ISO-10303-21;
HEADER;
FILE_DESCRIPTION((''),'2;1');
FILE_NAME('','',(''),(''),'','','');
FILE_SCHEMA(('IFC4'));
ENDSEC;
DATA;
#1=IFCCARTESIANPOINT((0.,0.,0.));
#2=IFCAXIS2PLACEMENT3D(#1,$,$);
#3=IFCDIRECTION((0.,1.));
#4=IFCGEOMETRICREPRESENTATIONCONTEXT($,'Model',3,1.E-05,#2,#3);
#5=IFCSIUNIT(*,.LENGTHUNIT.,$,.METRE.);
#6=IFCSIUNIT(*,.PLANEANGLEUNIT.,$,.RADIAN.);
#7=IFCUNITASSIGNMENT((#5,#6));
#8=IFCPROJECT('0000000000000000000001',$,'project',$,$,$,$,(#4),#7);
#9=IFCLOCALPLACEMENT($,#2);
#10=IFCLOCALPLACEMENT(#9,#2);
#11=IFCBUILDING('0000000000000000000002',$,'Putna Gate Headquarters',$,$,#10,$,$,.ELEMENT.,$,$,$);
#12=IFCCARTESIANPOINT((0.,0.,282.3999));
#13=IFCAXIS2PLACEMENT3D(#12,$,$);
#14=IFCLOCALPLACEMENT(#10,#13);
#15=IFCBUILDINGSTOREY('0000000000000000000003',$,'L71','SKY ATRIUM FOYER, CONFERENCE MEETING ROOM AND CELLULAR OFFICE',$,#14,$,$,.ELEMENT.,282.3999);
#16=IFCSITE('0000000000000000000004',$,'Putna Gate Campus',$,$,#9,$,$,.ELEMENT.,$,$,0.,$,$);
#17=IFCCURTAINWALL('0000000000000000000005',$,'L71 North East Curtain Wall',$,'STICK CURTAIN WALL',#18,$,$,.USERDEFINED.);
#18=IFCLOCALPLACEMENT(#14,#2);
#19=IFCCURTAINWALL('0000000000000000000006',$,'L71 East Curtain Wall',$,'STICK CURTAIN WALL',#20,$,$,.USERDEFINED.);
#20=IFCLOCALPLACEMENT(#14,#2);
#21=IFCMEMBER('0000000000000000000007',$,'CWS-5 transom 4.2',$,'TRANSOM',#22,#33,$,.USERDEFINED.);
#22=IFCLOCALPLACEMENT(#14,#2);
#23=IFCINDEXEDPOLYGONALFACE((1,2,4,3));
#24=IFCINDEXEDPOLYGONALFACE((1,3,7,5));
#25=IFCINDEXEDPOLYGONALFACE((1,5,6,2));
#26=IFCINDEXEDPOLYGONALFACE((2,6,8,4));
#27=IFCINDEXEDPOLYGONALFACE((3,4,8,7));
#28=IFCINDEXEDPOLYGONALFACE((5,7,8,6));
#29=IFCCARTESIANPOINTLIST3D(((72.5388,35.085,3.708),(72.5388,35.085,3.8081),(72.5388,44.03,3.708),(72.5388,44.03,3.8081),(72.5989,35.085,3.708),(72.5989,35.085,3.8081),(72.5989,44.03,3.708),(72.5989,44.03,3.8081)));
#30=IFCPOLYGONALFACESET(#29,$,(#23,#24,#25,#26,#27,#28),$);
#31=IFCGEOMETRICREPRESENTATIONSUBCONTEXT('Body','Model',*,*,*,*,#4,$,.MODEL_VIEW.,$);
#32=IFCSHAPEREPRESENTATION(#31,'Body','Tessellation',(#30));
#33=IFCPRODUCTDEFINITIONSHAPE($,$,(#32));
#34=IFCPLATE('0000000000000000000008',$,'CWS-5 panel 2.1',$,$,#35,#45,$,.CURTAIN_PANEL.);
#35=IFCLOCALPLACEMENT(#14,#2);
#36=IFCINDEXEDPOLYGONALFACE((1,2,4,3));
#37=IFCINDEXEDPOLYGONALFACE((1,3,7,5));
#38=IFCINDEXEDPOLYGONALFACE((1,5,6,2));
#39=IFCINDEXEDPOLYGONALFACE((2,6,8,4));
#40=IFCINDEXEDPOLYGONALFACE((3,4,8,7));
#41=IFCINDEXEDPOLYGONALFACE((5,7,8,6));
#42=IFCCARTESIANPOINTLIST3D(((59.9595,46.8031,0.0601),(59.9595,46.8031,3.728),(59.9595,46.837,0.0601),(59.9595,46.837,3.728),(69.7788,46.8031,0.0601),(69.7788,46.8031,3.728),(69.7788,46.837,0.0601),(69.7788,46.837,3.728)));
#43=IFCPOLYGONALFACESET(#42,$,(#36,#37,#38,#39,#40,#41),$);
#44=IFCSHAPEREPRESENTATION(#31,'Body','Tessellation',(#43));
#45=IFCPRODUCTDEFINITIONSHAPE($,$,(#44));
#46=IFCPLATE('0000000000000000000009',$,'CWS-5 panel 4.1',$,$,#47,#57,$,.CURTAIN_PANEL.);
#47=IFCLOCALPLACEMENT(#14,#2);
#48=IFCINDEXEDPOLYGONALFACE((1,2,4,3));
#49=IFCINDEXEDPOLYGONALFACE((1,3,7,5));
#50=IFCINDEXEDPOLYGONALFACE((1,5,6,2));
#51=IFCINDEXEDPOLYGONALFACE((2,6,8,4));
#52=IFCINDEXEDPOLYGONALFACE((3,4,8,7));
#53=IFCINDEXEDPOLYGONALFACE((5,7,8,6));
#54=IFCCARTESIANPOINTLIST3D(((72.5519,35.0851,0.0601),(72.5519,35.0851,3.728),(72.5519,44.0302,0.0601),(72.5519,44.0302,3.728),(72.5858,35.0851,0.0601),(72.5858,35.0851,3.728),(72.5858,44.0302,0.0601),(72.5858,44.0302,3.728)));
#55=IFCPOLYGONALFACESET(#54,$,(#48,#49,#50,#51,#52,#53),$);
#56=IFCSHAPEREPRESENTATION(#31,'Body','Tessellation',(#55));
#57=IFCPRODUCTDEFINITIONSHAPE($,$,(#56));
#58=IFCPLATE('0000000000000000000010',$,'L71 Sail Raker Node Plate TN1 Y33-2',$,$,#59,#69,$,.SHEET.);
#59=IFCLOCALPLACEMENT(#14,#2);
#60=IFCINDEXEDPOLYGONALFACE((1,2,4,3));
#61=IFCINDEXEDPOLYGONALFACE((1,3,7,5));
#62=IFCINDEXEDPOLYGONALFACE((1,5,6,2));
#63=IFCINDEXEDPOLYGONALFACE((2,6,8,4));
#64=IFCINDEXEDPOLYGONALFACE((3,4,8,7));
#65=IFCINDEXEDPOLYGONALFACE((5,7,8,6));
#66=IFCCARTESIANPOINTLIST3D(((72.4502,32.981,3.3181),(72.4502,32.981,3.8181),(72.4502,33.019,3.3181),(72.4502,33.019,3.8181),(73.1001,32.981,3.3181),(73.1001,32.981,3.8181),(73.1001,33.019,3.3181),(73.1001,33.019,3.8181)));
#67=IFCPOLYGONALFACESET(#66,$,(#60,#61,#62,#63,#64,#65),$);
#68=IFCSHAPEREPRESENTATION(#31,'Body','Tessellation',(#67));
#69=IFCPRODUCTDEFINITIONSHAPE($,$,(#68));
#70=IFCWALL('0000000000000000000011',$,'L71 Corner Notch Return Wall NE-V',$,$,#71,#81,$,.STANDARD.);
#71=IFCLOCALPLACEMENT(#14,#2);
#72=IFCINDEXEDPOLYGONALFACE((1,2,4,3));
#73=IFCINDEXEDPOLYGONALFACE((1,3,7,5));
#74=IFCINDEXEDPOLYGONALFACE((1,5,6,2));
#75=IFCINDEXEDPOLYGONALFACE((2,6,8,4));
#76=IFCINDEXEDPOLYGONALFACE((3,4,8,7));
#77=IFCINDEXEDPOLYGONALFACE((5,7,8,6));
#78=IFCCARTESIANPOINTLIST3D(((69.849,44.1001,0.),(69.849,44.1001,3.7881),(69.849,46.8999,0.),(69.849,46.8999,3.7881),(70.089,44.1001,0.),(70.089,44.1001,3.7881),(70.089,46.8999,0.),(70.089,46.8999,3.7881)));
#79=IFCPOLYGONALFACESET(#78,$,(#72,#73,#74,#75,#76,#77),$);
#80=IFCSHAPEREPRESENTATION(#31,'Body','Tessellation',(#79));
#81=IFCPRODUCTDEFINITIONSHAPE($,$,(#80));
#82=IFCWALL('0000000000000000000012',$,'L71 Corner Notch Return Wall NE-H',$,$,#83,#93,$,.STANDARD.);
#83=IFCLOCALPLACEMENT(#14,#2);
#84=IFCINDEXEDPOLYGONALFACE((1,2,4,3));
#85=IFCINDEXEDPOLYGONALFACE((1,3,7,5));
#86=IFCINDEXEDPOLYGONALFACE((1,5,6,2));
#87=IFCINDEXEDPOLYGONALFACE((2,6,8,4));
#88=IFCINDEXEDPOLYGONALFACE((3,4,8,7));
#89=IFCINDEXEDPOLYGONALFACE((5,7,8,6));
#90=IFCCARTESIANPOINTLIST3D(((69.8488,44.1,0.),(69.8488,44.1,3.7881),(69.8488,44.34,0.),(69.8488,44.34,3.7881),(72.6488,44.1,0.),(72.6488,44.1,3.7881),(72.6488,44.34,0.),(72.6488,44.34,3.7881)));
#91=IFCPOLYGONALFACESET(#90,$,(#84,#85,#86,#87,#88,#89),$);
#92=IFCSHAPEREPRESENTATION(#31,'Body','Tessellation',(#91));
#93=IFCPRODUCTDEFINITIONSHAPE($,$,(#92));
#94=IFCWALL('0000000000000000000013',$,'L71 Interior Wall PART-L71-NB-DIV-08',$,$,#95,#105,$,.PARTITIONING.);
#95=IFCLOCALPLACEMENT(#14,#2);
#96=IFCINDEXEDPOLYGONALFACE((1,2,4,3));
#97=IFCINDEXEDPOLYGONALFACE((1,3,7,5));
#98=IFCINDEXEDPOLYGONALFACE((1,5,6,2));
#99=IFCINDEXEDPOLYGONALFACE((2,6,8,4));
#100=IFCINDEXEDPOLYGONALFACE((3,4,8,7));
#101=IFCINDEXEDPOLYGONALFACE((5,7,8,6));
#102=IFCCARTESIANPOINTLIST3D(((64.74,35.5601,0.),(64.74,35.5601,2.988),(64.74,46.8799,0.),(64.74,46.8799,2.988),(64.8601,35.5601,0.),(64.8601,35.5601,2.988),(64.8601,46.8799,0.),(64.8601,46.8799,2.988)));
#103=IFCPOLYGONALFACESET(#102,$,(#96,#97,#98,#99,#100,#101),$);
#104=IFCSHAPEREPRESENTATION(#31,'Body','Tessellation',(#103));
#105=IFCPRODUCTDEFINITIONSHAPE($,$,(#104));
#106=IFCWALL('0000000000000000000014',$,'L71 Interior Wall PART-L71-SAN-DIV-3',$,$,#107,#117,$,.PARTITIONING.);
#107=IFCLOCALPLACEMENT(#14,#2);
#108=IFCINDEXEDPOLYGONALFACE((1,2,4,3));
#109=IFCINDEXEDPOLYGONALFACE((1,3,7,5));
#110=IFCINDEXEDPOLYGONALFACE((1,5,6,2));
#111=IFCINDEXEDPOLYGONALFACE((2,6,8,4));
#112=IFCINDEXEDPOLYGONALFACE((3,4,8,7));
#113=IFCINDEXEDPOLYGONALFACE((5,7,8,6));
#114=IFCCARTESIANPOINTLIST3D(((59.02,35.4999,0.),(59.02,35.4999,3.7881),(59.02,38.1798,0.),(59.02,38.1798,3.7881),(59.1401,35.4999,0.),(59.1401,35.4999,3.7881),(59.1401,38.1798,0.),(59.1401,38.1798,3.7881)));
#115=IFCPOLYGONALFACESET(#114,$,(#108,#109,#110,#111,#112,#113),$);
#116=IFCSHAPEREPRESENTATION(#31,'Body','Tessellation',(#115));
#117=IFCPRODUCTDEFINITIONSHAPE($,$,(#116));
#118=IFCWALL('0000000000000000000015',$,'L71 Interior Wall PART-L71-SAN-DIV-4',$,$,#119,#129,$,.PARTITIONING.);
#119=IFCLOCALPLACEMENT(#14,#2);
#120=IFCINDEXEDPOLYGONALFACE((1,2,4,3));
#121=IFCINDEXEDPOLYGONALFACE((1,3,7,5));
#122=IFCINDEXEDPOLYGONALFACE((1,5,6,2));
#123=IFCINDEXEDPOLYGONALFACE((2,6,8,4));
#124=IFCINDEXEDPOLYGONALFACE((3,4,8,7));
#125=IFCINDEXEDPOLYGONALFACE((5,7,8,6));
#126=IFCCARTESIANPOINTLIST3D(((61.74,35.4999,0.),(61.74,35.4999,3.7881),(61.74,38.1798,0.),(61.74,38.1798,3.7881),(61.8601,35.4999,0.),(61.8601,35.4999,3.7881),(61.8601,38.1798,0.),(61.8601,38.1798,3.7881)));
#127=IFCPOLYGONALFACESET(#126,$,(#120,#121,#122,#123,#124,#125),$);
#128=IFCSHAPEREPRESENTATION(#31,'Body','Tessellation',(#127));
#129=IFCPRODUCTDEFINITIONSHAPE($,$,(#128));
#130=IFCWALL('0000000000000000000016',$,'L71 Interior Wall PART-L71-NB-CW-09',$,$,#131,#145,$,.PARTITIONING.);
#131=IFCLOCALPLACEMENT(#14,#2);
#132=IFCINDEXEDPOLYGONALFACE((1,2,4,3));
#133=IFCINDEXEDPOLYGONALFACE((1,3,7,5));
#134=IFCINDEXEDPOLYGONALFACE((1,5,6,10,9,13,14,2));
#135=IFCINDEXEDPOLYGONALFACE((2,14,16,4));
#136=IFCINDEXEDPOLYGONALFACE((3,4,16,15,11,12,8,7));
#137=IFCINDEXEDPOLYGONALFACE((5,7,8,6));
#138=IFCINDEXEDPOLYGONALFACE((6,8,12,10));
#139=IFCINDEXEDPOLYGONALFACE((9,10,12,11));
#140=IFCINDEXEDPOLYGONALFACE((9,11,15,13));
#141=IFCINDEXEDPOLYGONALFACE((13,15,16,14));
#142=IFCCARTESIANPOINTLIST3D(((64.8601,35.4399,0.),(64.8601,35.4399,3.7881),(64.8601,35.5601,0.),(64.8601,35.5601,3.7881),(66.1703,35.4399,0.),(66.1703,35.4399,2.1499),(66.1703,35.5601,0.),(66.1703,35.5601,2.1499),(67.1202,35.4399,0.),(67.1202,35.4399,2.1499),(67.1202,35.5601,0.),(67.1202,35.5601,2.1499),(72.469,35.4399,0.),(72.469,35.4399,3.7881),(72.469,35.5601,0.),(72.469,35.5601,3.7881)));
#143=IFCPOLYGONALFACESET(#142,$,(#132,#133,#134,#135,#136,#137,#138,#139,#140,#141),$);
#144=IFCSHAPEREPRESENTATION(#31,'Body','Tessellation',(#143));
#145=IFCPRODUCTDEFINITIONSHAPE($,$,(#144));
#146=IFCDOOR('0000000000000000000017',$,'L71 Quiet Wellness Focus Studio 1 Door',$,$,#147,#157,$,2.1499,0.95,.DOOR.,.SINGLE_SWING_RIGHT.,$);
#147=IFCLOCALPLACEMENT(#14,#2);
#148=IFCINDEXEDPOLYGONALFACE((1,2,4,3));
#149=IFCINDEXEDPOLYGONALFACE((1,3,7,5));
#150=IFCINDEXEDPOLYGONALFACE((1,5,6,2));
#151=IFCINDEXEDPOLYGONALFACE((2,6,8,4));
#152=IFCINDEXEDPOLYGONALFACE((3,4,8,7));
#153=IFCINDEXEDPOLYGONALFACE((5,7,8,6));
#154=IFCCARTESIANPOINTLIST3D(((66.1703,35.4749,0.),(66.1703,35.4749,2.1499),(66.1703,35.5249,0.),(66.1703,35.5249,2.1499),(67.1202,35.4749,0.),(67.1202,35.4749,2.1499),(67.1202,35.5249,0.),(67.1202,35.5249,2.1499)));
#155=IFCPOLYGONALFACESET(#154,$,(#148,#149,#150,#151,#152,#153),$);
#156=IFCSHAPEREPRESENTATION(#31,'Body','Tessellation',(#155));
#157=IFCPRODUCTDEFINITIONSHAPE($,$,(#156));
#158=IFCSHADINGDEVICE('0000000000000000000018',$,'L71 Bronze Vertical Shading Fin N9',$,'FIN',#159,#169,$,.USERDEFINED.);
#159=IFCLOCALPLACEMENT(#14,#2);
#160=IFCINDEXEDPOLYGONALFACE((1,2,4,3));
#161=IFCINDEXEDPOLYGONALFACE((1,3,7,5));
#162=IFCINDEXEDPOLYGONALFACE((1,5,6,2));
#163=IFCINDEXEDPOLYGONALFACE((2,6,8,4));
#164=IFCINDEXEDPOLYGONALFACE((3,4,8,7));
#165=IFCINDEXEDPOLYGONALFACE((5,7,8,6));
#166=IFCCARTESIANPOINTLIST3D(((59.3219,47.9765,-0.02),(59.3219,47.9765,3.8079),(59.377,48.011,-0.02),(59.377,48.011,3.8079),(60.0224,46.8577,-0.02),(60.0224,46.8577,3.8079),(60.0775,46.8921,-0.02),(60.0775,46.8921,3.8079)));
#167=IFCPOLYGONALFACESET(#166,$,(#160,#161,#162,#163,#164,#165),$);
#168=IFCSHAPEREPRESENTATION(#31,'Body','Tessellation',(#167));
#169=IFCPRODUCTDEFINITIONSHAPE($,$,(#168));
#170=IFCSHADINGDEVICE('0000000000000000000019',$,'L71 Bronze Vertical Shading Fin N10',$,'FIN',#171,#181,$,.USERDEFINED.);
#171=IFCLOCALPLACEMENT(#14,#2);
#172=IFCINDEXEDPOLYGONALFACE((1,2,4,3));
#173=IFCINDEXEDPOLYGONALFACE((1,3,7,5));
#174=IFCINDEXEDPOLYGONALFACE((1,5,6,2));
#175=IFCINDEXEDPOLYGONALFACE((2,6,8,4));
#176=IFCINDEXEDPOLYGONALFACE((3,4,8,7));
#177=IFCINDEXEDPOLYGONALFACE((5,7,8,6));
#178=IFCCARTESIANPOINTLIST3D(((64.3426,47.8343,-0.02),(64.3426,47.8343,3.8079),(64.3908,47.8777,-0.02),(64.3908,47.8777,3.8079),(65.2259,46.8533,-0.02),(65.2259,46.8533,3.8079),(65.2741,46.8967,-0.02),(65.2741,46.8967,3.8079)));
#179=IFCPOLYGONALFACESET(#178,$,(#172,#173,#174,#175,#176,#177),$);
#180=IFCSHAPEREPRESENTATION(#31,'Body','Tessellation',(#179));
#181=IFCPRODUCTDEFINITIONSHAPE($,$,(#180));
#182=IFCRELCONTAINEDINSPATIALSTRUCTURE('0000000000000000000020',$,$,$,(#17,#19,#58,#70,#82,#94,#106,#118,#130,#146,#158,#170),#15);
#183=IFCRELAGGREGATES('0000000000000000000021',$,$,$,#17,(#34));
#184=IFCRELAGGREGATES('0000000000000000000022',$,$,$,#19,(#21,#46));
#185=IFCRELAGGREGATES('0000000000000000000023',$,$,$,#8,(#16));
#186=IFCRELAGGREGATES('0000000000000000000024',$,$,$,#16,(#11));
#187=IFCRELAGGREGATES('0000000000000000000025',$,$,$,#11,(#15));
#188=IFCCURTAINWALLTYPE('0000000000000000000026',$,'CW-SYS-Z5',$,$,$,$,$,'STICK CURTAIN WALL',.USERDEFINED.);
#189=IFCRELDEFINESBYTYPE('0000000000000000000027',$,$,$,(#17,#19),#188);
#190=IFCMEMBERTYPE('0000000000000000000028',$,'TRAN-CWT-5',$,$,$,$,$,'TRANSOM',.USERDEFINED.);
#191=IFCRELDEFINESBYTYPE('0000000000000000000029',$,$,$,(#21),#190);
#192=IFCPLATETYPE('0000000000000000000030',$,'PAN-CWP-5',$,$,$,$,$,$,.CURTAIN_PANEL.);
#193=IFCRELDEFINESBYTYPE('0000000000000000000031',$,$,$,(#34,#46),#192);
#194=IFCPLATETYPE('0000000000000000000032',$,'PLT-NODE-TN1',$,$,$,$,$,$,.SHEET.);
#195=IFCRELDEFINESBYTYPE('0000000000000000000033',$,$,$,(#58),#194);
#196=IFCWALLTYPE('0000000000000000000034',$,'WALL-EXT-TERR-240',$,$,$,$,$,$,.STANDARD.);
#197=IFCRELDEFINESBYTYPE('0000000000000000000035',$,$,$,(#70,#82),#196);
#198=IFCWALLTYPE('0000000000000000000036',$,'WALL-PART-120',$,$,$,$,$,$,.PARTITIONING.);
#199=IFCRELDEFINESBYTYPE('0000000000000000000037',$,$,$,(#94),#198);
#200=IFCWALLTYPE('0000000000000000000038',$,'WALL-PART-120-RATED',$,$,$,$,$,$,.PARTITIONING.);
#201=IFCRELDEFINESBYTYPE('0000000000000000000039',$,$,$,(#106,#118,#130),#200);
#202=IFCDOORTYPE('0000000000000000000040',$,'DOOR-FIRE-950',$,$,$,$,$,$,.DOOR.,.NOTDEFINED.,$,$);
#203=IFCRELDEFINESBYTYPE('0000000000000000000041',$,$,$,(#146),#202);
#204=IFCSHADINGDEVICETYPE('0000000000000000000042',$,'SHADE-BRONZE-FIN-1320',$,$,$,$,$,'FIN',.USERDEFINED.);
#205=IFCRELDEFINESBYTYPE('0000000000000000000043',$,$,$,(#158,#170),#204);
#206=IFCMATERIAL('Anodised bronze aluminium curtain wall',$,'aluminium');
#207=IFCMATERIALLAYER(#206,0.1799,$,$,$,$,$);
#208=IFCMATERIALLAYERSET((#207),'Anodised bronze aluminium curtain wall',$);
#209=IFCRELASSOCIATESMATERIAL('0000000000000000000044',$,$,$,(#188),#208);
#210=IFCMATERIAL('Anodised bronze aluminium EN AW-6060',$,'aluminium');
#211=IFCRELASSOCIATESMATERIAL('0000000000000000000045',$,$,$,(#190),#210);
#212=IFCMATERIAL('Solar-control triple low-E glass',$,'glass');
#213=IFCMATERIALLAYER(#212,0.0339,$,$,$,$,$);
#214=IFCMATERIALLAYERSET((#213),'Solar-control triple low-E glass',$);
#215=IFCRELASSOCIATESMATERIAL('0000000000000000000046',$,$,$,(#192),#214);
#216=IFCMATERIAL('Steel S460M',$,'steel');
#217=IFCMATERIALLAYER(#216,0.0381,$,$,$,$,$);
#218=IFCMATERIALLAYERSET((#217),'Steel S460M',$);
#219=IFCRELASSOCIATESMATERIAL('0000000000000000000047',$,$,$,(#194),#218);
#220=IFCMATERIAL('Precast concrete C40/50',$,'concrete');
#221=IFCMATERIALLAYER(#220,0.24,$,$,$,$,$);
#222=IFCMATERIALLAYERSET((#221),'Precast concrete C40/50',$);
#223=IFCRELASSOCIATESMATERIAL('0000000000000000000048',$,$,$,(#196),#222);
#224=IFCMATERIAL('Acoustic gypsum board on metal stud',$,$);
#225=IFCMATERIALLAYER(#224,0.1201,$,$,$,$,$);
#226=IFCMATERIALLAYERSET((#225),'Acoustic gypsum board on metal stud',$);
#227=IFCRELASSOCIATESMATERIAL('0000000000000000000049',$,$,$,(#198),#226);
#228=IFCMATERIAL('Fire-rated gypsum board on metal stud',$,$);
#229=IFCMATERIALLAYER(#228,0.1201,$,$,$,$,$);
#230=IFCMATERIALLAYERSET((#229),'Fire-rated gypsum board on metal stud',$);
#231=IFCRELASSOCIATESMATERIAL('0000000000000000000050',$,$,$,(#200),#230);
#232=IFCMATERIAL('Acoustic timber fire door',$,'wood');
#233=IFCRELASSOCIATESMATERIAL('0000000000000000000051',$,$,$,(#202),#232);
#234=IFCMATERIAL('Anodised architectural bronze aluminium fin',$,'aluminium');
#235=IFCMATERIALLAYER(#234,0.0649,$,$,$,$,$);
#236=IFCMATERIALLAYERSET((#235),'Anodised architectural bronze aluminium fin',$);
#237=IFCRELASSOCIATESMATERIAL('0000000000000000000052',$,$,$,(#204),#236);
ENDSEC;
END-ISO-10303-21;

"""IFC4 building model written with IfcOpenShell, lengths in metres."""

from ifc_helpers import new_model, si_unit, direction, frame, frame_2d, origin, origin_2d, place, context, subcontext, project, spatial, rectangle, extrude, material, layer, layer_set, material_profile, profile_set, type_object, element, fill, aggregate, save


model = new_model("IFC4")

# Units and contexts
model_context = context("Model", 3, precision=1e-05, world=origin(), true_north=direction((0.0, 1.0)))
body_context = subcontext(model_context, "Body", "Model", "MODEL_VIEW")
ifc_project = project(units=[si_unit("LENGTHUNIT", "METRE"), si_unit("PLANEANGLEUNIT", "RADIAN")], contexts=[model_context])

# Site, building, storey
site_placement = place(None, origin())
site = spatial("IfcSite", under=ifc_project, at=site_placement, Name="Putna Gate Campus", CompositionType="ELEMENT", RefElevation=0.0)
building_placement = place(site_placement, origin())
building = spatial("IfcBuilding", under=site, at=building_placement, Name="Putna Gate Headquarters", CompositionType="ELEMENT")
storey_placement = place(building_placement, frame((0.0, 0.0, 282.3999)))
storey = spatial("IfcBuildingStorey", under=building, at=storey_placement, Name="L71", Description="SKY ATRIUM FOYER, CONFERENCE MEETING ROOM AND CELLULAR OFFICE", CompositionType="ELEMENT", Elevation=282.3999)

# Shared definitions
ifc_material_1 = material(Name="Steel S460M", Category="steel")

# Curtain walls
ifc_material_2 = material(Name="Anodised bronze aluminium curtain wall", Category="aluminium")
ifc_layer_1 = layer(ifc_material_2, 0.1799)
ifc_layer_set_1 = layer_set([ifc_layer_1], Name="Anodised bronze aluminium curtain wall")
curtain_wall_type = type_object("IfcCurtainWallType", Name="CW-SYS-Z5", ElementType="STICK CURTAIN WALL", PredefinedType="USERDEFINED", material=ifc_layer_set_1)
curtain_wall_1_placement = place(storey_placement, origin())
curtain_wall_1 = element("IfcCurtainWall", 1, at=curtain_wall_1_placement, inside=storey, type_object=curtain_wall_type, Name="L71 North East Curtain Wall", ObjectType="STICK CURTAIN WALL", PredefinedType="USERDEFINED")
ifc_material_3 = material(Name="Anodised bronze aluminium EN AW-6060", Category="aluminium")
curtain_wall_2_placement = place(storey_placement, origin())
curtain_wall_2 = element("IfcCurtainWall", 2, at=curtain_wall_2_placement, inside=storey, type_object=curtain_wall_type, Name="L71 East Curtain Wall", ObjectType="STICK CURTAIN WALL", PredefinedType="USERDEFINED")

# Member
ifc_material_profile_1 = material_profile(ifc_material_3, rectangle(XDim=0.0601, YDim=0.1001, at=origin_2d()), Name="Anodised bronze aluminium EN AW-6060")
ifc_profile_set_1 = profile_set([ifc_material_profile_1], Name="Anodised bronze aluminium EN AW-6060")
member_type_1 = type_object("IfcMemberType", Name="TRAN-CWT-5", ElementType="TRANSOM", PredefinedType="USERDEFINED", material=ifc_profile_set_1)
member_1_placement = place(storey_placement, frame((72.5688, 35.085, 3.7581), z_axis=(0.0, 1.0, 0.0), x_axis=(-1.0, 0.0, 0.0)))
member_1 = element("IfcMember", 3, at=member_1_placement, type_object=member_type_1, Name="CWS-5 transom 4.2", ObjectType="TRANSOM", PredefinedType="USERDEFINED", context=body_context, shape_type="SweptSolid", body=[
    extrude(rectangle(XDim=0.0601, YDim=0.1001, at=origin_2d()), origin(), (0.0, 0.0, 1.0), 8.9451),
])

# Plates
ifc_material_4 = material(Name="Solar-control triple low-E glass", Category="glass")
ifc_layer_2 = layer(ifc_material_4, 0.0339)
ifc_layer_set_2 = layer_set([ifc_layer_2], Name="Solar-control triple low-E glass")
plate_type_1 = type_object("IfcPlateType", Name="PAN-CWP-5", PredefinedType="CURTAIN_PANEL", material=ifc_layer_set_2)
plate_1_placement = place(storey_placement, frame((64.8691, 46.8201, 0.0601), z_axis=(0.0, 0.0, 1.0), x_axis=(1.0, 0.0, 0.0)))
plate_1 = element("IfcPlate", 4, at=plate_1_placement, type_object=plate_type_1, Name="CWS-5 panel 2.1", PredefinedType="CURTAIN_PANEL", context=body_context, shape_type="SweptSolid", body=[
    extrude(rectangle(XDim=9.8193, YDim=0.0339, at=origin_2d()), origin(), (0.0, 0.0, 1.0), 3.668),
])
aggregate(curtain_wall_1, [plate_1])
plate_2_placement = place(storey_placement, frame((72.5688, 39.5576, 0.0601), z_axis=(0.0, 0.0, 1.0), x_axis=(0.0, 1.0, 0.0)))
plate_2 = element("IfcPlate", 5, at=plate_2_placement, type_object=plate_type_1, Name="CWS-5 panel 4.1", PredefinedType="CURTAIN_PANEL", context=body_context, shape_type="SweptSolid", body=[
    extrude(rectangle(XDim=8.9451, YDim=0.0339, at=origin_2d()), origin(), (0.0, 0.0, 1.0), 3.668),
])
aggregate(curtain_wall_2, [member_1, plate_2])
ifc_layer_3 = layer(ifc_material_1, 0.0381)
ifc_layer_set_3 = layer_set([ifc_layer_3], Name="Steel S460M")
plate_type_2 = type_object("IfcPlateType", Name="PLT-NODE-TN1", PredefinedType="SHEET", material=ifc_layer_set_3)
plate_3_placement = place(storey_placement, frame((72.7751, 33.0, 3.3181), z_axis=(0.0, 0.0, 1.0), x_axis=(1.0, 0.0, 0.0)))
element("IfcPlate", 6, at=plate_3_placement, inside=storey, type_object=plate_type_2, Name="L71 Sail Raker Node Plate TN1 Y33-2", PredefinedType="SHEET", context=body_context, shape_type="SweptSolid", body=[
    extrude(rectangle(XDim=0.6499, YDim=0.0381, at=origin_2d()), origin(), (0.0, 0.0, 1.0), 0.5),
])

# Walls
ifc_material_5 = material(Name="Precast concrete C40/50", Category="concrete")
ifc_layer_4 = layer(ifc_material_5, 0.24)
ifc_layer_set_4 = layer_set([ifc_layer_4], Name="Precast concrete C40/50")
wall_type_1 = type_object("IfcWallType", Name="WALL-EXT-TERR-240", PredefinedType="STANDARD", material=ifc_layer_set_4)
wall_1_placement = place(storey_placement, frame((69.969, 46.8999, 0.0), z_axis=(0.0, 0.0, 1.0), x_axis=(0.0, -1.0, 0.0)))
element("IfcWall", 7, at=wall_1_placement, inside=storey, type_object=wall_type_1, Name="L71 Corner Notch Return Wall NE-V", PredefinedType="STANDARD", context=body_context, shape_type="SweptSolid", body=[
    extrude(rectangle(XDim=2.7998, YDim=0.24, at=frame_2d((1.3999, 0.0))), origin(), (0.0, 0.0, 1.0), 3.7881),
])
wall_2_placement = place(storey_placement, frame((69.8489, 44.22, 0.0), z_axis=(0.0, 0.0, 1.0), x_axis=(1.0, 0.0, 0.0)))
element("IfcWall", 8, at=wall_2_placement, inside=storey, type_object=wall_type_1, Name="L71 Corner Notch Return Wall NE-H", PredefinedType="STANDARD", context=body_context, shape_type="SweptSolid", body=[
    extrude(rectangle(XDim=2.8, YDim=0.24, at=frame_2d((1.3999, 0.0))), origin(), (0.0, 0.0, 1.0), 3.7881),
])
ifc_material_6 = material(Name="Acoustic gypsum board on metal stud")
ifc_layer_5 = layer(ifc_material_6, 0.1201)
ifc_layer_set_5 = layer_set([ifc_layer_5], Name="Acoustic gypsum board on metal stud")
wall_type_2 = type_object("IfcWallType", Name="WALL-PART-120", PredefinedType="PARTITIONING", material=ifc_layer_set_5)
wall_3_placement = place(storey_placement, frame((64.8, 35.5601, 0.0), z_axis=(0.0, 0.0, 1.0), x_axis=(0.0, 1.0, 0.0)))
element("IfcWall", 9, at=wall_3_placement, inside=storey, type_object=wall_type_2, Name="L71 Interior Wall PART-L71-NB-DIV-08", PredefinedType="PARTITIONING", context=body_context, shape_type="SweptSolid", body=[
    extrude(rectangle(XDim=11.3198, YDim=0.1201, at=frame_2d((5.6599, 0.0))), origin(), (0.0, 0.0, 1.0), 2.988),
])
ifc_material_7 = material(Name="Fire-rated gypsum board on metal stud")
ifc_layer_6 = layer(ifc_material_7, 0.1201)
ifc_layer_set_6 = layer_set([ifc_layer_6], Name="Fire-rated gypsum board on metal stud")
wall_type_3 = type_object("IfcWallType", Name="WALL-PART-120-RATED", PredefinedType="PARTITIONING", material=ifc_layer_set_6)
for number, where, z_axis, x_axis, name in (
    (10, (59.0801, 35.5, 0.0), (0.0, 0.0, 1.0), (0.0, 1.0, 0.0), "L71 Interior Wall PART-L71-SAN-DIV-3"),
    (11, (61.8, 35.5, 0.0), (0.0, 0.0, 1.0), (0.0, 1.0, 0.0), "L71 Interior Wall PART-L71-SAN-DIV-4"),
):
    element("IfcWall", number, at=place(storey_placement, frame(where, z_axis=z_axis, x_axis=x_axis)), inside=storey, type_object=wall_type_3, Name=name, PredefinedType="PARTITIONING", context=body_context, shape_type="SweptSolid", body=[
        extrude(rectangle(XDim=2.6799, YDim=0.1201, at=frame_2d((1.3398, 0.0))), origin(), (0.0, 0.0, 1.0), 3.7881),
    ])

# Wall, opening, door
wall_4_placement = place(storey_placement, frame((64.8601, 35.5, 0.0), z_axis=(0.0, 0.0, 1.0), x_axis=(1.0, 0.0, 0.0)))
wall_4 = element("IfcWall", 12, at=wall_4_placement, inside=storey, type_object=wall_type_3, Name="L71 Interior Wall PART-L71-NB-CW-09", PredefinedType="PARTITIONING", context=body_context, shape_type="SweptSolid", body=[
    extrude(rectangle(XDim=7.6089, YDim=0.1201, at=frame_2d((3.8044, 0.0))), origin(), (0.0, 0.0, 1.0), 3.7881),
])
opening_placement = place(wall_4_placement, frame((1.3101, 0.0, 0.0)))
opening = element("IfcOpeningElement", 13, at=opening_placement, cuts=wall_4, PredefinedType="OPENING", context=body_context, shape_type="SweptSolid", body=[
    extrude(rectangle(XDim=0.95, YDim=2.1499, at=frame_2d((0.4751, 1.075))), frame((0.0, 0.0701, 0.0), z_axis=(0.0, -1.0, 0.0), x_axis=(1.0, 0.0, 0.0)), (0.0, 0.0, 1.0), 0.1401),
])
ifc_material_8 = material(Name="Acoustic timber fire door", Category="wood")
door_type = type_object("IfcDoorType", Name="DOOR-FIRE-950", OperationType="NOTDEFINED", PredefinedType="DOOR", material=ifc_material_8)
door_placement = place(opening_placement, origin())
door = element("IfcDoor", 14, at=door_placement, inside=storey, type_object=door_type, Name="L71 Quiet Wellness Focus Studio 1 Door", OperationType="SINGLE_SWING_RIGHT", OverallHeight=2.1499, OverallWidth=0.95, PredefinedType="DOOR", context=body_context, shape_type="SweptSolid", body=[
    extrude(rectangle(XDim=0.95, YDim=2.1499, at=frame_2d((0.4751, 1.075))), frame((0.0, 0.0249, 0.0), z_axis=(0.0, -1.0, 0.0), x_axis=(1.0, 0.0, 0.0)), (0.0, 0.0, 1.0), 0.05),
])
fill(opening, door)

# Shading devices
ifc_material_9 = material(Name="Anodised architectural bronze aluminium fin", Category="aluminium")
ifc_layer_7 = layer(ifc_material_9, 0.0649)
ifc_layer_set_7 = layer_set([ifc_layer_7], Name="Anodised architectural bronze aluminium fin")
shading_device_type = type_object("IfcShadingDeviceType", Name="SHADE-BRONZE-FIN-1320", ElementType="FIN", PredefinedType="USERDEFINED", material=ifc_layer_set_7)
for number, where, z_axis, x_axis, name in (
    (15, (59.6997, 47.4343, -0.02), (0.0, 0.0, 1.0), (-0.530659, 0.847585, 0.0), "L71 Bronze Vertical Shading Fin N9"),
    (16, (64.8083, 47.3655, -0.02), (0.0, 0.0, 1.0), (-0.669131, 0.743145, 0.0), "L71 Bronze Vertical Shading Fin N10"),
):
    element("IfcShadingDevice", number, at=place(storey_placement, frame(where, z_axis=z_axis, x_axis=x_axis)), inside=storey, type_object=shading_device_type, Name=name, ObjectType="FIN", PredefinedType="USERDEFINED", context=body_context, shape_type="SweptSolid", body=[
        extrude(rectangle(XDim=1.3201, YDim=0.0649, at=origin_2d()), origin(), (0.0, 0.0, 1.0), 3.8279),
    ])

save(model, "model.ifc")
